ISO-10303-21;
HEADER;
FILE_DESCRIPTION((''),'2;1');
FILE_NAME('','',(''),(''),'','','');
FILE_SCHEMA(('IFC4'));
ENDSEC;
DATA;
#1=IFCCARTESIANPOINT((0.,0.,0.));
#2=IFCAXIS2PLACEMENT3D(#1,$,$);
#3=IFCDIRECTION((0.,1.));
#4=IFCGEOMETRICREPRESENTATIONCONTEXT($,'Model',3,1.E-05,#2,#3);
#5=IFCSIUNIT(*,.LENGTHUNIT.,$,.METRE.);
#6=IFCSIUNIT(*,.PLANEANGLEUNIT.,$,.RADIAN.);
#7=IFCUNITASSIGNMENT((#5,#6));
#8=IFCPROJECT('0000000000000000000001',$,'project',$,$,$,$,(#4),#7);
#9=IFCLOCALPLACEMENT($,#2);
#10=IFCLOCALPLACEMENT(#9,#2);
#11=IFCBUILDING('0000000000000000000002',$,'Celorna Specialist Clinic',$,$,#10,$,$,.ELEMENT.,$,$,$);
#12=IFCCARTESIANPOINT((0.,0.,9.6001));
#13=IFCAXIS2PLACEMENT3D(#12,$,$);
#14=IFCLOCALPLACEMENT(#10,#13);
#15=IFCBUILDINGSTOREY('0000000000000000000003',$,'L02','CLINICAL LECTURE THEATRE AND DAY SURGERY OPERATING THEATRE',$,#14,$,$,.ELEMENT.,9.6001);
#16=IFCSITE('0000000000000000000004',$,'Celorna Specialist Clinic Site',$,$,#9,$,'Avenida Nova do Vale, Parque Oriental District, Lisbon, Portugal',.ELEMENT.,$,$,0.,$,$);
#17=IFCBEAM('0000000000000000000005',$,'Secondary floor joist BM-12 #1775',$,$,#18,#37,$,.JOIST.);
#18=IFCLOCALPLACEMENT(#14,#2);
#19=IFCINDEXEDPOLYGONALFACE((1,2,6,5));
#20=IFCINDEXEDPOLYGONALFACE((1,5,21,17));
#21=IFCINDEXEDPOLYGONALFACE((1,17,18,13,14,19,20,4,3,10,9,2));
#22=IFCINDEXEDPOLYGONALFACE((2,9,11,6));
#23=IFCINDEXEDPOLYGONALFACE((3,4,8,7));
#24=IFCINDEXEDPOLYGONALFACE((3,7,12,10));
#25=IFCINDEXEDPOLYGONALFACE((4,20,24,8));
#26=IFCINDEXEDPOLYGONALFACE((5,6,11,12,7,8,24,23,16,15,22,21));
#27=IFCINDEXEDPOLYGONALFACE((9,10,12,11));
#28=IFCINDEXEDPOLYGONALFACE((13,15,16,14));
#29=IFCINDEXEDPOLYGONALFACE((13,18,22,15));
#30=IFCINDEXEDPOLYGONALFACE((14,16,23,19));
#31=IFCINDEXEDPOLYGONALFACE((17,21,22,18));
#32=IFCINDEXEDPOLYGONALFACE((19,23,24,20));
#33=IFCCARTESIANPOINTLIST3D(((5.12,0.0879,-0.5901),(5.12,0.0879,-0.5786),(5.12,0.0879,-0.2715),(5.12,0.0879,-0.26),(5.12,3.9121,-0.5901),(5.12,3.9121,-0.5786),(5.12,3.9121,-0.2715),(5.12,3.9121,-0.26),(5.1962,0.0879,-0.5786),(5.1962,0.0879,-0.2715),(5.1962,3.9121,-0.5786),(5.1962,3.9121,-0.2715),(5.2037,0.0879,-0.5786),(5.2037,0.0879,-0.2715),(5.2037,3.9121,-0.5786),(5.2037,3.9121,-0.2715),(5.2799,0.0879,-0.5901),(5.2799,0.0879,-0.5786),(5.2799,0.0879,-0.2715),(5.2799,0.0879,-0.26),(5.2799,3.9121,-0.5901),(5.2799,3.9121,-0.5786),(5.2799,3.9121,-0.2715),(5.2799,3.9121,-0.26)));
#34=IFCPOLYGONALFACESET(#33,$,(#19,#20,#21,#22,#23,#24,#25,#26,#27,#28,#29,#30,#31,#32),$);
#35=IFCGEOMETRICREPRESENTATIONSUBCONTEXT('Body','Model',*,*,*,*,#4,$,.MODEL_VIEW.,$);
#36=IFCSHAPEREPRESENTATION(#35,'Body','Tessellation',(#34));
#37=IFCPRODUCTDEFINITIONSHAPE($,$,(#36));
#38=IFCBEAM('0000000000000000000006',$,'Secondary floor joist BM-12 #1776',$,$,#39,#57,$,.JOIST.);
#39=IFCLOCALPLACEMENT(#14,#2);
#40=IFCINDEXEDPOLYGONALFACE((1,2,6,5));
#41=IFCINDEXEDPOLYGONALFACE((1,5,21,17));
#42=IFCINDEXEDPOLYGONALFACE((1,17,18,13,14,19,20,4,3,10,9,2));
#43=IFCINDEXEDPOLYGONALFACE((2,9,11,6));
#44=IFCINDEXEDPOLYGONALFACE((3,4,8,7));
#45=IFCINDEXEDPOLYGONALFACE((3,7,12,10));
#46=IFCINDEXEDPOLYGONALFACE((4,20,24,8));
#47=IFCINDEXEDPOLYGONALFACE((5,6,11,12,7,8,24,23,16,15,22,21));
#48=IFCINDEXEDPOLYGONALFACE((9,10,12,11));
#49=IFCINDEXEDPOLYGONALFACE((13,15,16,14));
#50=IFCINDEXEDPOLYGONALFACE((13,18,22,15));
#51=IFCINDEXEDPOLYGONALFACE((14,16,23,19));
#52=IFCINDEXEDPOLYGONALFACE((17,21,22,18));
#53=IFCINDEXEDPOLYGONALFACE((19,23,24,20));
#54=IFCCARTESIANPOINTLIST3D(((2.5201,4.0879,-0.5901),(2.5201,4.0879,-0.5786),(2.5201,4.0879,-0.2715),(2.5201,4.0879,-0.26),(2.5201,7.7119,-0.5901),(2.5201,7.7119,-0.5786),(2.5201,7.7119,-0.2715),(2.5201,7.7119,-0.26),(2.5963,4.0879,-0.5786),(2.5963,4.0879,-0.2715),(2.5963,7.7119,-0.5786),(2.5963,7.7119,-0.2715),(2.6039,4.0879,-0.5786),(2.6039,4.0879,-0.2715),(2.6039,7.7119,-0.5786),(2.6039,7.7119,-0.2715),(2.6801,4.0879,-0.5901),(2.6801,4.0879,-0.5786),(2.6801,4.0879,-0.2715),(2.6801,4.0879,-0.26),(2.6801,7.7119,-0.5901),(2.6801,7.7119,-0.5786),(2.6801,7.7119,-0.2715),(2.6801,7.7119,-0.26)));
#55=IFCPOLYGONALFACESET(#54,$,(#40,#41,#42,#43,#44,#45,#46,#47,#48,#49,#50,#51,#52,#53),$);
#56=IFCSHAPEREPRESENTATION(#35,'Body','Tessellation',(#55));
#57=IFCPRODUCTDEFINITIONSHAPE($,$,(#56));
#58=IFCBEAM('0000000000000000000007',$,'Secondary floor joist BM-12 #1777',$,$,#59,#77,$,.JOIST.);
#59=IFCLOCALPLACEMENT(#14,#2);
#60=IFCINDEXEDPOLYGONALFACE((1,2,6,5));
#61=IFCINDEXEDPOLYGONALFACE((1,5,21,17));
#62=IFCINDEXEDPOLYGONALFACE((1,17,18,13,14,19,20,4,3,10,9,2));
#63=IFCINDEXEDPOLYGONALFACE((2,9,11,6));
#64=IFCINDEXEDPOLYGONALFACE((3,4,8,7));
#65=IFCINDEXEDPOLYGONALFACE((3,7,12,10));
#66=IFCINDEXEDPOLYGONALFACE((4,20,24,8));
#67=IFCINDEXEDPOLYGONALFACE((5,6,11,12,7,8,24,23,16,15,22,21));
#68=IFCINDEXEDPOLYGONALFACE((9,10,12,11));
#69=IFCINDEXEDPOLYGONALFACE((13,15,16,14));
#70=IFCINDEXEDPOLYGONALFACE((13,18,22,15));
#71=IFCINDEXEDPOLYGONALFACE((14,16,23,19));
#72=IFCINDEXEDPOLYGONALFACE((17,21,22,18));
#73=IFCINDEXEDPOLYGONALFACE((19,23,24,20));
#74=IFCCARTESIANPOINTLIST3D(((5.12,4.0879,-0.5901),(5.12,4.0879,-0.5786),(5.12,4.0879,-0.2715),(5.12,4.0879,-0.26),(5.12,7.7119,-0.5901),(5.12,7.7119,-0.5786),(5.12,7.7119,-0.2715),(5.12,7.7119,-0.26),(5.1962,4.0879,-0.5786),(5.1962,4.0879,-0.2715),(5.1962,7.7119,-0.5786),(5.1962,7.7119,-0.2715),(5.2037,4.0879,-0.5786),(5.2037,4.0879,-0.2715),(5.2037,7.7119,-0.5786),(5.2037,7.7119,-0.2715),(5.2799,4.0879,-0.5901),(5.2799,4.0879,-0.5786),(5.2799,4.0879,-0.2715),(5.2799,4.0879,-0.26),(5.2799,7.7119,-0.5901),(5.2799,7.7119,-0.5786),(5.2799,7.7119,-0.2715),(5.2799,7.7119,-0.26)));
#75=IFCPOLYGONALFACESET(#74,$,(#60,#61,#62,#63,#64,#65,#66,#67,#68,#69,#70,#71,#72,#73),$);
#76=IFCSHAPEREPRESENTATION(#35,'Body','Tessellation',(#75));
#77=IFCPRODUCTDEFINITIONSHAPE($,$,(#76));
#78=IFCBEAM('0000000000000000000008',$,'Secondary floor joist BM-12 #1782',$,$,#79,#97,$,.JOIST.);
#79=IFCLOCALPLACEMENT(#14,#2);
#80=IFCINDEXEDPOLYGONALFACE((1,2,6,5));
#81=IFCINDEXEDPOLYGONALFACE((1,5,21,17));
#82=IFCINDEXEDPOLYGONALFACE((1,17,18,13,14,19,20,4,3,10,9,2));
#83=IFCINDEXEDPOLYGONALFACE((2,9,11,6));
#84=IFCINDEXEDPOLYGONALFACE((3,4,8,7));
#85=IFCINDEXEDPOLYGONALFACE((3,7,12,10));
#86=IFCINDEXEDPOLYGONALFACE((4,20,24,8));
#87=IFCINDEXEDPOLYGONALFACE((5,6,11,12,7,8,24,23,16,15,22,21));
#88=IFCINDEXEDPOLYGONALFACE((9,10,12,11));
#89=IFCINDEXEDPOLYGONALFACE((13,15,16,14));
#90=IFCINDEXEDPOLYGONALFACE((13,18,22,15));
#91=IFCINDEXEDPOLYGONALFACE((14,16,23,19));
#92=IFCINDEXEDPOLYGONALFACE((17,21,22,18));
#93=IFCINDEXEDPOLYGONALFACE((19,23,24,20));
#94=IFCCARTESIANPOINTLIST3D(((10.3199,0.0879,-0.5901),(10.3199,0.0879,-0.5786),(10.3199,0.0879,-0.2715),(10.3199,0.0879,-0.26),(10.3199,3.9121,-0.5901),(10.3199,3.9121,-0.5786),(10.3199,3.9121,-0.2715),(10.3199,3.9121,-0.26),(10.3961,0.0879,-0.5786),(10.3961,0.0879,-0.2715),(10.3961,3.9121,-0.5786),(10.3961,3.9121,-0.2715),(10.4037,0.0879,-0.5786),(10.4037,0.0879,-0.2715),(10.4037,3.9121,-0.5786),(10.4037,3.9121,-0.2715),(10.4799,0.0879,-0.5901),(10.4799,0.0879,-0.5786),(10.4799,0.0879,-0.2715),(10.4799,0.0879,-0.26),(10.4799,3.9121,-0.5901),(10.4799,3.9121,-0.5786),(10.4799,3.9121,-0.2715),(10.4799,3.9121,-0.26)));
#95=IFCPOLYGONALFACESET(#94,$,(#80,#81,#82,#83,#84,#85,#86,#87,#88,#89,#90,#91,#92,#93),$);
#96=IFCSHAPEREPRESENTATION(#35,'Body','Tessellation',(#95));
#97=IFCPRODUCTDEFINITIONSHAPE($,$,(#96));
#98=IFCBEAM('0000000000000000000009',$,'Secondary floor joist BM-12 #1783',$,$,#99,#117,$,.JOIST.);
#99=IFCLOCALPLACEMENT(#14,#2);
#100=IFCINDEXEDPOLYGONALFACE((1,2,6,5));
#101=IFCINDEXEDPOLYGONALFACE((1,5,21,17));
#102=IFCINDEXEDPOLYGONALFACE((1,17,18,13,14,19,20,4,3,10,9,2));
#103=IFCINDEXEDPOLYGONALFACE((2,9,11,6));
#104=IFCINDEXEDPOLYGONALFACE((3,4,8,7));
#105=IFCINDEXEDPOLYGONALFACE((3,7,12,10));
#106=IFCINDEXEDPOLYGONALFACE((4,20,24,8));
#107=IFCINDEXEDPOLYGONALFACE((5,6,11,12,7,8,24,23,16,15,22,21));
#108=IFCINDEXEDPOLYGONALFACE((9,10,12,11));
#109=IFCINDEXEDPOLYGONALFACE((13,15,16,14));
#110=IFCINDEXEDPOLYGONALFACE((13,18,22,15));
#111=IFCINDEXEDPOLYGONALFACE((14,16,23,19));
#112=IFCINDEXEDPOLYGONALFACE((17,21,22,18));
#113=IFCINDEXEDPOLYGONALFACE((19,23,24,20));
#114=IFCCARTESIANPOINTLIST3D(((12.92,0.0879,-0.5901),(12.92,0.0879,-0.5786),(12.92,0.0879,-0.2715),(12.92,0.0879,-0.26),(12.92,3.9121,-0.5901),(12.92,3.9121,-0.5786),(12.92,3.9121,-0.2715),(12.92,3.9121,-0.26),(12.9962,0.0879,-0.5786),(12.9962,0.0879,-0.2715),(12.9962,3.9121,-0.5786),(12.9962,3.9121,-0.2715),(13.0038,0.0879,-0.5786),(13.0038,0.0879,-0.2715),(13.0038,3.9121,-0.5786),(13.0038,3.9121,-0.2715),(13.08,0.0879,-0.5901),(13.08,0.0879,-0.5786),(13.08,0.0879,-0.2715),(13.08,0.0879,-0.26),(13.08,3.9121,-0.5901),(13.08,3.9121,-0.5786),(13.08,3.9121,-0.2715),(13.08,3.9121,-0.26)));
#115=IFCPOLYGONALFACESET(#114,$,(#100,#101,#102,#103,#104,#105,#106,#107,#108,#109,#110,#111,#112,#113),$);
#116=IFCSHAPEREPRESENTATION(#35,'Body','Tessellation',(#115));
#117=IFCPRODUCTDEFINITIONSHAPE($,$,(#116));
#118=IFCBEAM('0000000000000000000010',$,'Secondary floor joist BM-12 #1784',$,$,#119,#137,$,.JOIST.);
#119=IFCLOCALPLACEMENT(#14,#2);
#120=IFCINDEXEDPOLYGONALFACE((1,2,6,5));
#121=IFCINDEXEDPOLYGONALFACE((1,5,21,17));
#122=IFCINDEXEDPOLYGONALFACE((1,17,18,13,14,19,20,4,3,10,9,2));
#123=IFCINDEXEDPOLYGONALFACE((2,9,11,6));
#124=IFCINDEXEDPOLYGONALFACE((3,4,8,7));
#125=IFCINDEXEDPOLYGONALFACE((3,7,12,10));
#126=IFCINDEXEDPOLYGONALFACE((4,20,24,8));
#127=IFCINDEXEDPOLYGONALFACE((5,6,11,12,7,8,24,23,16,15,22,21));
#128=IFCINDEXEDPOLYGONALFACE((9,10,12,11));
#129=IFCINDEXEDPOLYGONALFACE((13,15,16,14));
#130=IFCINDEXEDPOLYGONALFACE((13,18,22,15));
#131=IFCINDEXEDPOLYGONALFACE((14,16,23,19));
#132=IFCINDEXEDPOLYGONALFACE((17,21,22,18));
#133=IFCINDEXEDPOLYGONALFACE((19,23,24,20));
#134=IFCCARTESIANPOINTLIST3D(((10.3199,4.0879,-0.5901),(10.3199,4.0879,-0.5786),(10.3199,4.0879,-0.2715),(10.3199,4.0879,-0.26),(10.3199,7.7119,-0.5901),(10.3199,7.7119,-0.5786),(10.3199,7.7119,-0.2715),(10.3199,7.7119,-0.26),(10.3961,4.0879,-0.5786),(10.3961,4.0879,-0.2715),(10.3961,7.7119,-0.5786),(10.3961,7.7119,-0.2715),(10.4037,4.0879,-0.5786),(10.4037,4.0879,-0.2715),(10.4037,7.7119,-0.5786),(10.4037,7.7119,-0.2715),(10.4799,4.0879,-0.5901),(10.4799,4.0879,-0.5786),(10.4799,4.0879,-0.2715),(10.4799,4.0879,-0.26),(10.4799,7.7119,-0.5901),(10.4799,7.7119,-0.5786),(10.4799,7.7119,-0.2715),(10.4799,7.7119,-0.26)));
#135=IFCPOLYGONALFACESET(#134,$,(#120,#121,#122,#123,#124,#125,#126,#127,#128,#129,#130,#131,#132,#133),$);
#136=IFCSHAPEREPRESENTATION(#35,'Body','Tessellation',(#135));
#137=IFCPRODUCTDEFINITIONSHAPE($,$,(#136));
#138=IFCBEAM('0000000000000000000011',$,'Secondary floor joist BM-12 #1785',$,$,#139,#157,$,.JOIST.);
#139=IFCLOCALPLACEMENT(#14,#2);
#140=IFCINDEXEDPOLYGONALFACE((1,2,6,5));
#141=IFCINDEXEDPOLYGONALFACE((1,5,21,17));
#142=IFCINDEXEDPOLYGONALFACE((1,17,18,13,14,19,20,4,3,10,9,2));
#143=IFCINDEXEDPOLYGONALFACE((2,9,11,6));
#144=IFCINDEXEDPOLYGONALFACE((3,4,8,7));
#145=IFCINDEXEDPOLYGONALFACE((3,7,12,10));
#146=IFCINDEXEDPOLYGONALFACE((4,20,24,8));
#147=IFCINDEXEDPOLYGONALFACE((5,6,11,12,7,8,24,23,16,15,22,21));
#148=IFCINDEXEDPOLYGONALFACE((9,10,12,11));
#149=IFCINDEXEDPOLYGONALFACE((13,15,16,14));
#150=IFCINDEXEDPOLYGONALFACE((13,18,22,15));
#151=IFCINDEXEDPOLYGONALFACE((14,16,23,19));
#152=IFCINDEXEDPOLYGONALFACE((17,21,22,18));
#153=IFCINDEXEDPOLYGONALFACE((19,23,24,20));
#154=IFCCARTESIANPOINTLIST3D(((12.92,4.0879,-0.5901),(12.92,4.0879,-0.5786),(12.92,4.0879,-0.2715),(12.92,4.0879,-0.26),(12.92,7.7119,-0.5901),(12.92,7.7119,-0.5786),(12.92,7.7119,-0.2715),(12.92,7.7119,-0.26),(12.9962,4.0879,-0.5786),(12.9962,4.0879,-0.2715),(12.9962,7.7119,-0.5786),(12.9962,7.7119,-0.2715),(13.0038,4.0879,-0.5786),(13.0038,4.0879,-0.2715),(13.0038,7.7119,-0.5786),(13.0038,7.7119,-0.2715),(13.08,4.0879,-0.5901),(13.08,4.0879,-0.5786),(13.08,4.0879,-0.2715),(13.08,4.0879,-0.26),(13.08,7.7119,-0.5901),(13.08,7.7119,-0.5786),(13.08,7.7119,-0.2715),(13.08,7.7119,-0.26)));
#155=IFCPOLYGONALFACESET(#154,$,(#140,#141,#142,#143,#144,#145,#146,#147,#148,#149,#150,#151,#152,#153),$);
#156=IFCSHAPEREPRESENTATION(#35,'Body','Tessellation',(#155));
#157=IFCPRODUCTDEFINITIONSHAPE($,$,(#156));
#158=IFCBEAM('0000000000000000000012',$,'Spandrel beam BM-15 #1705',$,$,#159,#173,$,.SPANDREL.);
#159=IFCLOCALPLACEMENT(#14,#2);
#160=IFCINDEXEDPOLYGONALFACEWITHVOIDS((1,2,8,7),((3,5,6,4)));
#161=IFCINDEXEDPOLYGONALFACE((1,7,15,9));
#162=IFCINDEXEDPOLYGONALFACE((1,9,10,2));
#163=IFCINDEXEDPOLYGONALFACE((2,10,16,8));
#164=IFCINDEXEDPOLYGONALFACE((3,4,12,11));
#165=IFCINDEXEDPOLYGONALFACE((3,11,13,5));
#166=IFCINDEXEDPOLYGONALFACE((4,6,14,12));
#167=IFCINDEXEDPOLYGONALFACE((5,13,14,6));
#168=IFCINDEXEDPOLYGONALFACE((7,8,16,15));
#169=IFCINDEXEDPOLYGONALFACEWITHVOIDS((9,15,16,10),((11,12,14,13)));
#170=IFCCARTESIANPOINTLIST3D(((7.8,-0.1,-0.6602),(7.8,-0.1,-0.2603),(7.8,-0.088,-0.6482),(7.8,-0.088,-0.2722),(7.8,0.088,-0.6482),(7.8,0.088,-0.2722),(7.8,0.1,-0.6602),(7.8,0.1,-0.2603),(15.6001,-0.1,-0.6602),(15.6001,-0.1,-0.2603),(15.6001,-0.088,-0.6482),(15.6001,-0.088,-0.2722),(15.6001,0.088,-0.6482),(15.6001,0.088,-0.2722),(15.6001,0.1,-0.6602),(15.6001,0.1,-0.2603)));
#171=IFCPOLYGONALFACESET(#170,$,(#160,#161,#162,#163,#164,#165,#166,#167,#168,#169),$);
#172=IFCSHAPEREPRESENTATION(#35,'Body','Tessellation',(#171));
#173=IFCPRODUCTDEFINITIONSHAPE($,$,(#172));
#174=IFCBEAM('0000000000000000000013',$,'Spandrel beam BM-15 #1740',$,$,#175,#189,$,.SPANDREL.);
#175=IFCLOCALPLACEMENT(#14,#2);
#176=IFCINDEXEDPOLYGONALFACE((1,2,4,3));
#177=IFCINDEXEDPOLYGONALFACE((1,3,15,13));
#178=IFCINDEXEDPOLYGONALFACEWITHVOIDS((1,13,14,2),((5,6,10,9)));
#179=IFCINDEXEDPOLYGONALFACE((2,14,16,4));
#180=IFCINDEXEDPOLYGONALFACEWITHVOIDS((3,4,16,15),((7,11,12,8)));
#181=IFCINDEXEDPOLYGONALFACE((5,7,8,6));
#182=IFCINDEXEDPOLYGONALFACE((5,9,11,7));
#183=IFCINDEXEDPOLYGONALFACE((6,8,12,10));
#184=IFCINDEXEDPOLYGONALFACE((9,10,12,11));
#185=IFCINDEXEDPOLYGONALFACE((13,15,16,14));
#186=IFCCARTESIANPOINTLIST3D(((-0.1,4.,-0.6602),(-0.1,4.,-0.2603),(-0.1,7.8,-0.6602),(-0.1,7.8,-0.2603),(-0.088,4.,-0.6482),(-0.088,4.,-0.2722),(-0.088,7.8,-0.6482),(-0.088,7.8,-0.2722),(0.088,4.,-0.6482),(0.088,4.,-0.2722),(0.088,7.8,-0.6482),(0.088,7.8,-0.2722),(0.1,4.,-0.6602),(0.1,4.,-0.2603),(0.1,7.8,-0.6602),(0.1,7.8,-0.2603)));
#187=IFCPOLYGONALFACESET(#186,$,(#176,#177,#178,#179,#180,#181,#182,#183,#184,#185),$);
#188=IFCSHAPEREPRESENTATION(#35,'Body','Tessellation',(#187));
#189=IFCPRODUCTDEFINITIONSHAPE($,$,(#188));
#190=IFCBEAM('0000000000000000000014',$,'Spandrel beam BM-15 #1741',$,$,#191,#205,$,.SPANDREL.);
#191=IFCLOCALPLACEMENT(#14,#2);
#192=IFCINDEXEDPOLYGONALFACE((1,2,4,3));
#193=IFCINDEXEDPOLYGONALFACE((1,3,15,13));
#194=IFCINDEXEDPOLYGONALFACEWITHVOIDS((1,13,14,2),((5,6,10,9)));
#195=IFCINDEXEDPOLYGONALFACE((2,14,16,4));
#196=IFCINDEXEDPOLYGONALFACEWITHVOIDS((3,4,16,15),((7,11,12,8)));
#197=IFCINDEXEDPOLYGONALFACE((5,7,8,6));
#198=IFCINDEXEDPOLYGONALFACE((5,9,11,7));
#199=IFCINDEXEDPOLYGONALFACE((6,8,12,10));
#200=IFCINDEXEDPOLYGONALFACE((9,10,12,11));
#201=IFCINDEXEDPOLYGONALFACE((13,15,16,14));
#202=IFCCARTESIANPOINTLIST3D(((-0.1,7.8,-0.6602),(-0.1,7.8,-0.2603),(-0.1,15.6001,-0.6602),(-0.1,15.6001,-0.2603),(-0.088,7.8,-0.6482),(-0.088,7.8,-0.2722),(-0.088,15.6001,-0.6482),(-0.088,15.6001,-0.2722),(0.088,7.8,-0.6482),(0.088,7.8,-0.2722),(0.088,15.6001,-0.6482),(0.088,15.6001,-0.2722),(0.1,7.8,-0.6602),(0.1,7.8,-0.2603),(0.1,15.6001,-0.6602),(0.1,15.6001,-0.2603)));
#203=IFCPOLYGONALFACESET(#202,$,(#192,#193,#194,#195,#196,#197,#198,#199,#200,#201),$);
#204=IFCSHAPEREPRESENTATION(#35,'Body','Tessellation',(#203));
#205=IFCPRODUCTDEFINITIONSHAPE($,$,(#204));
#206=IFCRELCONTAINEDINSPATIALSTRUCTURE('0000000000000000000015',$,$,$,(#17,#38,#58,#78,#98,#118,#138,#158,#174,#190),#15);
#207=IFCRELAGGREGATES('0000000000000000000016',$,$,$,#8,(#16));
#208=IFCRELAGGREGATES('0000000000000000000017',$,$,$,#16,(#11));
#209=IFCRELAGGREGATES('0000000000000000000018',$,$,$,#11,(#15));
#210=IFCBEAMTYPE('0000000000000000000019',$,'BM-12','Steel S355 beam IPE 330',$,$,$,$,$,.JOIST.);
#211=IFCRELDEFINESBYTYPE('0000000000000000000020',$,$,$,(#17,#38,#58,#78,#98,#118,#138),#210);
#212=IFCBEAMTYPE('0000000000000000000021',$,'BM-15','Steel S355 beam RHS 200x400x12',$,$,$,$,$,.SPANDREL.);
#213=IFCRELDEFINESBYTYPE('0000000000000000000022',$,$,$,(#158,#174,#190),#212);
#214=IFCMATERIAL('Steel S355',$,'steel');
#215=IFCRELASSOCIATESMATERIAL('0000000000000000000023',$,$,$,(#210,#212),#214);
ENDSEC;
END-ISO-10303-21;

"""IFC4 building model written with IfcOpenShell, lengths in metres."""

from ifc_helpers import new_model, si_unit, direction, frame, origin, origin_2d, place, context, subcontext, project, spatial, hollow_rectangle, i_section, extrude, material, material_profile, profile_set, type_object, element, save


model = new_model("IFC4")

# Units and contexts
model_context = context("Model", 3, precision=1e-05, world=origin(), true_north=direction((0.0, 1.0)))
body_context = subcontext(model_context, "Body", "Model", "MODEL_VIEW")
ifc_project = project(units=[si_unit("LENGTHUNIT", "METRE"), si_unit("PLANEANGLEUNIT", "RADIAN")], contexts=[model_context])

# Site, building, storey
site_placement = place(None, origin())
site = spatial("IfcSite", under=ifc_project, at=site_placement, Name="Celorna Specialist Clinic Site", LongName="Avenida Nova do Vale, Parque Oriental District, Lisbon, Portugal", CompositionType="ELEMENT", RefElevation=0.0)
building_placement = place(site_placement, origin())
building = spatial("IfcBuilding", under=site, at=building_placement, Name="Celorna Specialist Clinic", CompositionType="ELEMENT")
storey_placement = place(building_placement, frame((0.0, 0.0, 9.6001)))
storey = spatial("IfcBuildingStorey", under=building, at=storey_placement, Name="L02", Description="CLINICAL LECTURE THEATRE AND DAY SURGERY OPERATING THEATRE", CompositionType="ELEMENT", Elevation=9.6001)

# Beams
ifc_material_1 = material(Name="Steel S355", Category="steel")
ifc_material_profile_1 = material_profile(ifc_material_1, i_section(OverallWidth=0.1599, OverallDepth=0.3301, WebThickness=0.0076, FlangeThickness=0.0115, at=origin_2d()), Name="IPE 330")
ifc_profile_set_1 = profile_set([ifc_material_profile_1], Name="Steel S355")
beam_type_1 = type_object("IfcBeamType", Name="BM-12", Description="Steel S355 beam IPE 330", PredefinedType="JOIST", material=ifc_profile_set_1)
for number, where, z_axis, x_axis, name in (
    (1, (5.2, 0.0879, -0.425), (0.0, 1.0, 0.0), (-1.0, 0.0, 0.0), "Secondary floor joist BM-12 #1775"),
):
    element("IfcBeam", number, at=place(storey_placement, frame(where, z_axis=z_axis, x_axis=x_axis)), inside=storey, type_object=beam_type_1, Name=name, PredefinedType="JOIST", context=body_context, shape_type="SweptSolid", body=[
        extrude(i_section(OverallWidth=0.1599, OverallDepth=0.3301, WebThickness=0.0076, FlangeThickness=0.0115, at=origin_2d()), origin(), (0.0, 0.0, 1.0), 3.8242),
    ])
for number, where, z_axis, x_axis, name in (
    (2, (2.6001, 4.0879, -0.425), (0.0, 1.0, 0.0), (-1.0, 0.0, 0.0), "Secondary floor joist BM-12 #1776"),
    (3, (5.2, 4.0879, -0.425), (0.0, 1.0, 0.0), (-1.0, 0.0, 0.0), "Secondary floor joist BM-12 #1777"),
):
    element("IfcBeam", number, at=place(storey_placement, frame(where, z_axis=z_axis, x_axis=x_axis)), inside=storey, type_object=beam_type_1, Name=name, PredefinedType="JOIST", context=body_context, shape_type="SweptSolid", body=[
        extrude(i_section(OverallWidth=0.1599, OverallDepth=0.3301, WebThickness=0.0076, FlangeThickness=0.0115, at=origin_2d()), origin(), (0.0, 0.0, 1.0), 3.624),
    ])
for number, where, z_axis, x_axis, name in (
    (4, (10.3999, 0.0879, -0.425), (0.0, 1.0, 0.0), (-1.0, 0.0, 0.0), "Secondary floor joist BM-12 #1782"),
    (5, (13.0, 0.0879, -0.425), (0.0, 1.0, 0.0), (-1.0, 0.0, 0.0), "Secondary floor joist BM-12 #1783"),
):
    element("IfcBeam", number, at=place(storey_placement, frame(where, z_axis=z_axis, x_axis=x_axis)), inside=storey, type_object=beam_type_1, Name=name, PredefinedType="JOIST", context=body_context, shape_type="SweptSolid", body=[
        extrude(i_section(OverallWidth=0.1599, OverallDepth=0.3301, WebThickness=0.0076, FlangeThickness=0.0115, at=origin_2d()), origin(), (0.0, 0.0, 1.0), 3.8242),
    ])
for number, where, z_axis, x_axis, name in (
    (6, (10.3999, 4.0879, -0.425), (0.0, 1.0, 0.0), (-1.0, 0.0, 0.0), "Secondary floor joist BM-12 #1784"),
    (7, (13.0, 4.0879, -0.425), (0.0, 1.0, 0.0), (-1.0, 0.0, 0.0), "Secondary floor joist BM-12 #1785"),
):
    element("IfcBeam", number, at=place(storey_placement, frame(where, z_axis=z_axis, x_axis=x_axis)), inside=storey, type_object=beam_type_1, Name=name, PredefinedType="JOIST", context=body_context, shape_type="SweptSolid", body=[
        extrude(i_section(OverallWidth=0.1599, OverallDepth=0.3301, WebThickness=0.0076, FlangeThickness=0.0115, at=origin_2d()), origin(), (0.0, 0.0, 1.0), 3.624),
    ])
ifc_material_profile_2 = material_profile(ifc_material_1, hollow_rectangle(XDim=0.2, YDim=0.3999, WallThickness=0.012, at=origin_2d()), Name="RHS 200x400x12")
ifc_profile_set_2 = profile_set([ifc_material_profile_2], Name="Steel S355")
beam_type_2 = type_object("IfcBeamType", Name="BM-15", Description="Steel S355 beam RHS 200x400x12", PredefinedType="SPANDREL", material=ifc_profile_set_2)
beam_1_placement = place(storey_placement, frame((7.8, 0.0, -0.4602), z_axis=(1.0, 0.0, 0.0), x_axis=(0.0, 1.0, 0.0)))
element("IfcBeam", 8, at=beam_1_placement, inside=storey, type_object=beam_type_2, Name="Spandrel beam BM-15 #1705", PredefinedType="SPANDREL", context=body_context, shape_type="SweptSolid", body=[
    extrude(hollow_rectangle(XDim=0.2, YDim=0.3999, WallThickness=0.012, at=origin_2d()), origin(), (0.0, 0.0, 1.0), 7.8),
])
beam_2_placement = place(storey_placement, frame((0.0, 4.0, -0.4602), z_axis=(0.0, 1.0, 0.0), x_axis=(-1.0, 0.0, 0.0)))
element("IfcBeam", 9, at=beam_2_placement, inside=storey, type_object=beam_type_2, Name="Spandrel beam BM-15 #1740", PredefinedType="SPANDREL", context=body_context, shape_type="SweptSolid", body=[
    extrude(hollow_rectangle(XDim=0.2, YDim=0.3999, WallThickness=0.012, at=origin_2d()), origin(), (0.0, 0.0, 1.0), 3.8),
])
beam_3_placement = place(storey_placement, frame((0.0, 7.8, -0.4602), z_axis=(0.0, 1.0, 0.0), x_axis=(-1.0, 0.0, 0.0)))
element("IfcBeam", 10, at=beam_3_placement, inside=storey, type_object=beam_type_2, Name="Spandrel beam BM-15 #1741", PredefinedType="SPANDREL", context=body_context, shape_type="SweptSolid", body=[
    extrude(hollow_rectangle(XDim=0.2, YDim=0.3999, WallThickness=0.012, at=origin_2d()), origin(), (0.0, 0.0, 1.0), 7.8),
])

save(model, "model.ifc")
